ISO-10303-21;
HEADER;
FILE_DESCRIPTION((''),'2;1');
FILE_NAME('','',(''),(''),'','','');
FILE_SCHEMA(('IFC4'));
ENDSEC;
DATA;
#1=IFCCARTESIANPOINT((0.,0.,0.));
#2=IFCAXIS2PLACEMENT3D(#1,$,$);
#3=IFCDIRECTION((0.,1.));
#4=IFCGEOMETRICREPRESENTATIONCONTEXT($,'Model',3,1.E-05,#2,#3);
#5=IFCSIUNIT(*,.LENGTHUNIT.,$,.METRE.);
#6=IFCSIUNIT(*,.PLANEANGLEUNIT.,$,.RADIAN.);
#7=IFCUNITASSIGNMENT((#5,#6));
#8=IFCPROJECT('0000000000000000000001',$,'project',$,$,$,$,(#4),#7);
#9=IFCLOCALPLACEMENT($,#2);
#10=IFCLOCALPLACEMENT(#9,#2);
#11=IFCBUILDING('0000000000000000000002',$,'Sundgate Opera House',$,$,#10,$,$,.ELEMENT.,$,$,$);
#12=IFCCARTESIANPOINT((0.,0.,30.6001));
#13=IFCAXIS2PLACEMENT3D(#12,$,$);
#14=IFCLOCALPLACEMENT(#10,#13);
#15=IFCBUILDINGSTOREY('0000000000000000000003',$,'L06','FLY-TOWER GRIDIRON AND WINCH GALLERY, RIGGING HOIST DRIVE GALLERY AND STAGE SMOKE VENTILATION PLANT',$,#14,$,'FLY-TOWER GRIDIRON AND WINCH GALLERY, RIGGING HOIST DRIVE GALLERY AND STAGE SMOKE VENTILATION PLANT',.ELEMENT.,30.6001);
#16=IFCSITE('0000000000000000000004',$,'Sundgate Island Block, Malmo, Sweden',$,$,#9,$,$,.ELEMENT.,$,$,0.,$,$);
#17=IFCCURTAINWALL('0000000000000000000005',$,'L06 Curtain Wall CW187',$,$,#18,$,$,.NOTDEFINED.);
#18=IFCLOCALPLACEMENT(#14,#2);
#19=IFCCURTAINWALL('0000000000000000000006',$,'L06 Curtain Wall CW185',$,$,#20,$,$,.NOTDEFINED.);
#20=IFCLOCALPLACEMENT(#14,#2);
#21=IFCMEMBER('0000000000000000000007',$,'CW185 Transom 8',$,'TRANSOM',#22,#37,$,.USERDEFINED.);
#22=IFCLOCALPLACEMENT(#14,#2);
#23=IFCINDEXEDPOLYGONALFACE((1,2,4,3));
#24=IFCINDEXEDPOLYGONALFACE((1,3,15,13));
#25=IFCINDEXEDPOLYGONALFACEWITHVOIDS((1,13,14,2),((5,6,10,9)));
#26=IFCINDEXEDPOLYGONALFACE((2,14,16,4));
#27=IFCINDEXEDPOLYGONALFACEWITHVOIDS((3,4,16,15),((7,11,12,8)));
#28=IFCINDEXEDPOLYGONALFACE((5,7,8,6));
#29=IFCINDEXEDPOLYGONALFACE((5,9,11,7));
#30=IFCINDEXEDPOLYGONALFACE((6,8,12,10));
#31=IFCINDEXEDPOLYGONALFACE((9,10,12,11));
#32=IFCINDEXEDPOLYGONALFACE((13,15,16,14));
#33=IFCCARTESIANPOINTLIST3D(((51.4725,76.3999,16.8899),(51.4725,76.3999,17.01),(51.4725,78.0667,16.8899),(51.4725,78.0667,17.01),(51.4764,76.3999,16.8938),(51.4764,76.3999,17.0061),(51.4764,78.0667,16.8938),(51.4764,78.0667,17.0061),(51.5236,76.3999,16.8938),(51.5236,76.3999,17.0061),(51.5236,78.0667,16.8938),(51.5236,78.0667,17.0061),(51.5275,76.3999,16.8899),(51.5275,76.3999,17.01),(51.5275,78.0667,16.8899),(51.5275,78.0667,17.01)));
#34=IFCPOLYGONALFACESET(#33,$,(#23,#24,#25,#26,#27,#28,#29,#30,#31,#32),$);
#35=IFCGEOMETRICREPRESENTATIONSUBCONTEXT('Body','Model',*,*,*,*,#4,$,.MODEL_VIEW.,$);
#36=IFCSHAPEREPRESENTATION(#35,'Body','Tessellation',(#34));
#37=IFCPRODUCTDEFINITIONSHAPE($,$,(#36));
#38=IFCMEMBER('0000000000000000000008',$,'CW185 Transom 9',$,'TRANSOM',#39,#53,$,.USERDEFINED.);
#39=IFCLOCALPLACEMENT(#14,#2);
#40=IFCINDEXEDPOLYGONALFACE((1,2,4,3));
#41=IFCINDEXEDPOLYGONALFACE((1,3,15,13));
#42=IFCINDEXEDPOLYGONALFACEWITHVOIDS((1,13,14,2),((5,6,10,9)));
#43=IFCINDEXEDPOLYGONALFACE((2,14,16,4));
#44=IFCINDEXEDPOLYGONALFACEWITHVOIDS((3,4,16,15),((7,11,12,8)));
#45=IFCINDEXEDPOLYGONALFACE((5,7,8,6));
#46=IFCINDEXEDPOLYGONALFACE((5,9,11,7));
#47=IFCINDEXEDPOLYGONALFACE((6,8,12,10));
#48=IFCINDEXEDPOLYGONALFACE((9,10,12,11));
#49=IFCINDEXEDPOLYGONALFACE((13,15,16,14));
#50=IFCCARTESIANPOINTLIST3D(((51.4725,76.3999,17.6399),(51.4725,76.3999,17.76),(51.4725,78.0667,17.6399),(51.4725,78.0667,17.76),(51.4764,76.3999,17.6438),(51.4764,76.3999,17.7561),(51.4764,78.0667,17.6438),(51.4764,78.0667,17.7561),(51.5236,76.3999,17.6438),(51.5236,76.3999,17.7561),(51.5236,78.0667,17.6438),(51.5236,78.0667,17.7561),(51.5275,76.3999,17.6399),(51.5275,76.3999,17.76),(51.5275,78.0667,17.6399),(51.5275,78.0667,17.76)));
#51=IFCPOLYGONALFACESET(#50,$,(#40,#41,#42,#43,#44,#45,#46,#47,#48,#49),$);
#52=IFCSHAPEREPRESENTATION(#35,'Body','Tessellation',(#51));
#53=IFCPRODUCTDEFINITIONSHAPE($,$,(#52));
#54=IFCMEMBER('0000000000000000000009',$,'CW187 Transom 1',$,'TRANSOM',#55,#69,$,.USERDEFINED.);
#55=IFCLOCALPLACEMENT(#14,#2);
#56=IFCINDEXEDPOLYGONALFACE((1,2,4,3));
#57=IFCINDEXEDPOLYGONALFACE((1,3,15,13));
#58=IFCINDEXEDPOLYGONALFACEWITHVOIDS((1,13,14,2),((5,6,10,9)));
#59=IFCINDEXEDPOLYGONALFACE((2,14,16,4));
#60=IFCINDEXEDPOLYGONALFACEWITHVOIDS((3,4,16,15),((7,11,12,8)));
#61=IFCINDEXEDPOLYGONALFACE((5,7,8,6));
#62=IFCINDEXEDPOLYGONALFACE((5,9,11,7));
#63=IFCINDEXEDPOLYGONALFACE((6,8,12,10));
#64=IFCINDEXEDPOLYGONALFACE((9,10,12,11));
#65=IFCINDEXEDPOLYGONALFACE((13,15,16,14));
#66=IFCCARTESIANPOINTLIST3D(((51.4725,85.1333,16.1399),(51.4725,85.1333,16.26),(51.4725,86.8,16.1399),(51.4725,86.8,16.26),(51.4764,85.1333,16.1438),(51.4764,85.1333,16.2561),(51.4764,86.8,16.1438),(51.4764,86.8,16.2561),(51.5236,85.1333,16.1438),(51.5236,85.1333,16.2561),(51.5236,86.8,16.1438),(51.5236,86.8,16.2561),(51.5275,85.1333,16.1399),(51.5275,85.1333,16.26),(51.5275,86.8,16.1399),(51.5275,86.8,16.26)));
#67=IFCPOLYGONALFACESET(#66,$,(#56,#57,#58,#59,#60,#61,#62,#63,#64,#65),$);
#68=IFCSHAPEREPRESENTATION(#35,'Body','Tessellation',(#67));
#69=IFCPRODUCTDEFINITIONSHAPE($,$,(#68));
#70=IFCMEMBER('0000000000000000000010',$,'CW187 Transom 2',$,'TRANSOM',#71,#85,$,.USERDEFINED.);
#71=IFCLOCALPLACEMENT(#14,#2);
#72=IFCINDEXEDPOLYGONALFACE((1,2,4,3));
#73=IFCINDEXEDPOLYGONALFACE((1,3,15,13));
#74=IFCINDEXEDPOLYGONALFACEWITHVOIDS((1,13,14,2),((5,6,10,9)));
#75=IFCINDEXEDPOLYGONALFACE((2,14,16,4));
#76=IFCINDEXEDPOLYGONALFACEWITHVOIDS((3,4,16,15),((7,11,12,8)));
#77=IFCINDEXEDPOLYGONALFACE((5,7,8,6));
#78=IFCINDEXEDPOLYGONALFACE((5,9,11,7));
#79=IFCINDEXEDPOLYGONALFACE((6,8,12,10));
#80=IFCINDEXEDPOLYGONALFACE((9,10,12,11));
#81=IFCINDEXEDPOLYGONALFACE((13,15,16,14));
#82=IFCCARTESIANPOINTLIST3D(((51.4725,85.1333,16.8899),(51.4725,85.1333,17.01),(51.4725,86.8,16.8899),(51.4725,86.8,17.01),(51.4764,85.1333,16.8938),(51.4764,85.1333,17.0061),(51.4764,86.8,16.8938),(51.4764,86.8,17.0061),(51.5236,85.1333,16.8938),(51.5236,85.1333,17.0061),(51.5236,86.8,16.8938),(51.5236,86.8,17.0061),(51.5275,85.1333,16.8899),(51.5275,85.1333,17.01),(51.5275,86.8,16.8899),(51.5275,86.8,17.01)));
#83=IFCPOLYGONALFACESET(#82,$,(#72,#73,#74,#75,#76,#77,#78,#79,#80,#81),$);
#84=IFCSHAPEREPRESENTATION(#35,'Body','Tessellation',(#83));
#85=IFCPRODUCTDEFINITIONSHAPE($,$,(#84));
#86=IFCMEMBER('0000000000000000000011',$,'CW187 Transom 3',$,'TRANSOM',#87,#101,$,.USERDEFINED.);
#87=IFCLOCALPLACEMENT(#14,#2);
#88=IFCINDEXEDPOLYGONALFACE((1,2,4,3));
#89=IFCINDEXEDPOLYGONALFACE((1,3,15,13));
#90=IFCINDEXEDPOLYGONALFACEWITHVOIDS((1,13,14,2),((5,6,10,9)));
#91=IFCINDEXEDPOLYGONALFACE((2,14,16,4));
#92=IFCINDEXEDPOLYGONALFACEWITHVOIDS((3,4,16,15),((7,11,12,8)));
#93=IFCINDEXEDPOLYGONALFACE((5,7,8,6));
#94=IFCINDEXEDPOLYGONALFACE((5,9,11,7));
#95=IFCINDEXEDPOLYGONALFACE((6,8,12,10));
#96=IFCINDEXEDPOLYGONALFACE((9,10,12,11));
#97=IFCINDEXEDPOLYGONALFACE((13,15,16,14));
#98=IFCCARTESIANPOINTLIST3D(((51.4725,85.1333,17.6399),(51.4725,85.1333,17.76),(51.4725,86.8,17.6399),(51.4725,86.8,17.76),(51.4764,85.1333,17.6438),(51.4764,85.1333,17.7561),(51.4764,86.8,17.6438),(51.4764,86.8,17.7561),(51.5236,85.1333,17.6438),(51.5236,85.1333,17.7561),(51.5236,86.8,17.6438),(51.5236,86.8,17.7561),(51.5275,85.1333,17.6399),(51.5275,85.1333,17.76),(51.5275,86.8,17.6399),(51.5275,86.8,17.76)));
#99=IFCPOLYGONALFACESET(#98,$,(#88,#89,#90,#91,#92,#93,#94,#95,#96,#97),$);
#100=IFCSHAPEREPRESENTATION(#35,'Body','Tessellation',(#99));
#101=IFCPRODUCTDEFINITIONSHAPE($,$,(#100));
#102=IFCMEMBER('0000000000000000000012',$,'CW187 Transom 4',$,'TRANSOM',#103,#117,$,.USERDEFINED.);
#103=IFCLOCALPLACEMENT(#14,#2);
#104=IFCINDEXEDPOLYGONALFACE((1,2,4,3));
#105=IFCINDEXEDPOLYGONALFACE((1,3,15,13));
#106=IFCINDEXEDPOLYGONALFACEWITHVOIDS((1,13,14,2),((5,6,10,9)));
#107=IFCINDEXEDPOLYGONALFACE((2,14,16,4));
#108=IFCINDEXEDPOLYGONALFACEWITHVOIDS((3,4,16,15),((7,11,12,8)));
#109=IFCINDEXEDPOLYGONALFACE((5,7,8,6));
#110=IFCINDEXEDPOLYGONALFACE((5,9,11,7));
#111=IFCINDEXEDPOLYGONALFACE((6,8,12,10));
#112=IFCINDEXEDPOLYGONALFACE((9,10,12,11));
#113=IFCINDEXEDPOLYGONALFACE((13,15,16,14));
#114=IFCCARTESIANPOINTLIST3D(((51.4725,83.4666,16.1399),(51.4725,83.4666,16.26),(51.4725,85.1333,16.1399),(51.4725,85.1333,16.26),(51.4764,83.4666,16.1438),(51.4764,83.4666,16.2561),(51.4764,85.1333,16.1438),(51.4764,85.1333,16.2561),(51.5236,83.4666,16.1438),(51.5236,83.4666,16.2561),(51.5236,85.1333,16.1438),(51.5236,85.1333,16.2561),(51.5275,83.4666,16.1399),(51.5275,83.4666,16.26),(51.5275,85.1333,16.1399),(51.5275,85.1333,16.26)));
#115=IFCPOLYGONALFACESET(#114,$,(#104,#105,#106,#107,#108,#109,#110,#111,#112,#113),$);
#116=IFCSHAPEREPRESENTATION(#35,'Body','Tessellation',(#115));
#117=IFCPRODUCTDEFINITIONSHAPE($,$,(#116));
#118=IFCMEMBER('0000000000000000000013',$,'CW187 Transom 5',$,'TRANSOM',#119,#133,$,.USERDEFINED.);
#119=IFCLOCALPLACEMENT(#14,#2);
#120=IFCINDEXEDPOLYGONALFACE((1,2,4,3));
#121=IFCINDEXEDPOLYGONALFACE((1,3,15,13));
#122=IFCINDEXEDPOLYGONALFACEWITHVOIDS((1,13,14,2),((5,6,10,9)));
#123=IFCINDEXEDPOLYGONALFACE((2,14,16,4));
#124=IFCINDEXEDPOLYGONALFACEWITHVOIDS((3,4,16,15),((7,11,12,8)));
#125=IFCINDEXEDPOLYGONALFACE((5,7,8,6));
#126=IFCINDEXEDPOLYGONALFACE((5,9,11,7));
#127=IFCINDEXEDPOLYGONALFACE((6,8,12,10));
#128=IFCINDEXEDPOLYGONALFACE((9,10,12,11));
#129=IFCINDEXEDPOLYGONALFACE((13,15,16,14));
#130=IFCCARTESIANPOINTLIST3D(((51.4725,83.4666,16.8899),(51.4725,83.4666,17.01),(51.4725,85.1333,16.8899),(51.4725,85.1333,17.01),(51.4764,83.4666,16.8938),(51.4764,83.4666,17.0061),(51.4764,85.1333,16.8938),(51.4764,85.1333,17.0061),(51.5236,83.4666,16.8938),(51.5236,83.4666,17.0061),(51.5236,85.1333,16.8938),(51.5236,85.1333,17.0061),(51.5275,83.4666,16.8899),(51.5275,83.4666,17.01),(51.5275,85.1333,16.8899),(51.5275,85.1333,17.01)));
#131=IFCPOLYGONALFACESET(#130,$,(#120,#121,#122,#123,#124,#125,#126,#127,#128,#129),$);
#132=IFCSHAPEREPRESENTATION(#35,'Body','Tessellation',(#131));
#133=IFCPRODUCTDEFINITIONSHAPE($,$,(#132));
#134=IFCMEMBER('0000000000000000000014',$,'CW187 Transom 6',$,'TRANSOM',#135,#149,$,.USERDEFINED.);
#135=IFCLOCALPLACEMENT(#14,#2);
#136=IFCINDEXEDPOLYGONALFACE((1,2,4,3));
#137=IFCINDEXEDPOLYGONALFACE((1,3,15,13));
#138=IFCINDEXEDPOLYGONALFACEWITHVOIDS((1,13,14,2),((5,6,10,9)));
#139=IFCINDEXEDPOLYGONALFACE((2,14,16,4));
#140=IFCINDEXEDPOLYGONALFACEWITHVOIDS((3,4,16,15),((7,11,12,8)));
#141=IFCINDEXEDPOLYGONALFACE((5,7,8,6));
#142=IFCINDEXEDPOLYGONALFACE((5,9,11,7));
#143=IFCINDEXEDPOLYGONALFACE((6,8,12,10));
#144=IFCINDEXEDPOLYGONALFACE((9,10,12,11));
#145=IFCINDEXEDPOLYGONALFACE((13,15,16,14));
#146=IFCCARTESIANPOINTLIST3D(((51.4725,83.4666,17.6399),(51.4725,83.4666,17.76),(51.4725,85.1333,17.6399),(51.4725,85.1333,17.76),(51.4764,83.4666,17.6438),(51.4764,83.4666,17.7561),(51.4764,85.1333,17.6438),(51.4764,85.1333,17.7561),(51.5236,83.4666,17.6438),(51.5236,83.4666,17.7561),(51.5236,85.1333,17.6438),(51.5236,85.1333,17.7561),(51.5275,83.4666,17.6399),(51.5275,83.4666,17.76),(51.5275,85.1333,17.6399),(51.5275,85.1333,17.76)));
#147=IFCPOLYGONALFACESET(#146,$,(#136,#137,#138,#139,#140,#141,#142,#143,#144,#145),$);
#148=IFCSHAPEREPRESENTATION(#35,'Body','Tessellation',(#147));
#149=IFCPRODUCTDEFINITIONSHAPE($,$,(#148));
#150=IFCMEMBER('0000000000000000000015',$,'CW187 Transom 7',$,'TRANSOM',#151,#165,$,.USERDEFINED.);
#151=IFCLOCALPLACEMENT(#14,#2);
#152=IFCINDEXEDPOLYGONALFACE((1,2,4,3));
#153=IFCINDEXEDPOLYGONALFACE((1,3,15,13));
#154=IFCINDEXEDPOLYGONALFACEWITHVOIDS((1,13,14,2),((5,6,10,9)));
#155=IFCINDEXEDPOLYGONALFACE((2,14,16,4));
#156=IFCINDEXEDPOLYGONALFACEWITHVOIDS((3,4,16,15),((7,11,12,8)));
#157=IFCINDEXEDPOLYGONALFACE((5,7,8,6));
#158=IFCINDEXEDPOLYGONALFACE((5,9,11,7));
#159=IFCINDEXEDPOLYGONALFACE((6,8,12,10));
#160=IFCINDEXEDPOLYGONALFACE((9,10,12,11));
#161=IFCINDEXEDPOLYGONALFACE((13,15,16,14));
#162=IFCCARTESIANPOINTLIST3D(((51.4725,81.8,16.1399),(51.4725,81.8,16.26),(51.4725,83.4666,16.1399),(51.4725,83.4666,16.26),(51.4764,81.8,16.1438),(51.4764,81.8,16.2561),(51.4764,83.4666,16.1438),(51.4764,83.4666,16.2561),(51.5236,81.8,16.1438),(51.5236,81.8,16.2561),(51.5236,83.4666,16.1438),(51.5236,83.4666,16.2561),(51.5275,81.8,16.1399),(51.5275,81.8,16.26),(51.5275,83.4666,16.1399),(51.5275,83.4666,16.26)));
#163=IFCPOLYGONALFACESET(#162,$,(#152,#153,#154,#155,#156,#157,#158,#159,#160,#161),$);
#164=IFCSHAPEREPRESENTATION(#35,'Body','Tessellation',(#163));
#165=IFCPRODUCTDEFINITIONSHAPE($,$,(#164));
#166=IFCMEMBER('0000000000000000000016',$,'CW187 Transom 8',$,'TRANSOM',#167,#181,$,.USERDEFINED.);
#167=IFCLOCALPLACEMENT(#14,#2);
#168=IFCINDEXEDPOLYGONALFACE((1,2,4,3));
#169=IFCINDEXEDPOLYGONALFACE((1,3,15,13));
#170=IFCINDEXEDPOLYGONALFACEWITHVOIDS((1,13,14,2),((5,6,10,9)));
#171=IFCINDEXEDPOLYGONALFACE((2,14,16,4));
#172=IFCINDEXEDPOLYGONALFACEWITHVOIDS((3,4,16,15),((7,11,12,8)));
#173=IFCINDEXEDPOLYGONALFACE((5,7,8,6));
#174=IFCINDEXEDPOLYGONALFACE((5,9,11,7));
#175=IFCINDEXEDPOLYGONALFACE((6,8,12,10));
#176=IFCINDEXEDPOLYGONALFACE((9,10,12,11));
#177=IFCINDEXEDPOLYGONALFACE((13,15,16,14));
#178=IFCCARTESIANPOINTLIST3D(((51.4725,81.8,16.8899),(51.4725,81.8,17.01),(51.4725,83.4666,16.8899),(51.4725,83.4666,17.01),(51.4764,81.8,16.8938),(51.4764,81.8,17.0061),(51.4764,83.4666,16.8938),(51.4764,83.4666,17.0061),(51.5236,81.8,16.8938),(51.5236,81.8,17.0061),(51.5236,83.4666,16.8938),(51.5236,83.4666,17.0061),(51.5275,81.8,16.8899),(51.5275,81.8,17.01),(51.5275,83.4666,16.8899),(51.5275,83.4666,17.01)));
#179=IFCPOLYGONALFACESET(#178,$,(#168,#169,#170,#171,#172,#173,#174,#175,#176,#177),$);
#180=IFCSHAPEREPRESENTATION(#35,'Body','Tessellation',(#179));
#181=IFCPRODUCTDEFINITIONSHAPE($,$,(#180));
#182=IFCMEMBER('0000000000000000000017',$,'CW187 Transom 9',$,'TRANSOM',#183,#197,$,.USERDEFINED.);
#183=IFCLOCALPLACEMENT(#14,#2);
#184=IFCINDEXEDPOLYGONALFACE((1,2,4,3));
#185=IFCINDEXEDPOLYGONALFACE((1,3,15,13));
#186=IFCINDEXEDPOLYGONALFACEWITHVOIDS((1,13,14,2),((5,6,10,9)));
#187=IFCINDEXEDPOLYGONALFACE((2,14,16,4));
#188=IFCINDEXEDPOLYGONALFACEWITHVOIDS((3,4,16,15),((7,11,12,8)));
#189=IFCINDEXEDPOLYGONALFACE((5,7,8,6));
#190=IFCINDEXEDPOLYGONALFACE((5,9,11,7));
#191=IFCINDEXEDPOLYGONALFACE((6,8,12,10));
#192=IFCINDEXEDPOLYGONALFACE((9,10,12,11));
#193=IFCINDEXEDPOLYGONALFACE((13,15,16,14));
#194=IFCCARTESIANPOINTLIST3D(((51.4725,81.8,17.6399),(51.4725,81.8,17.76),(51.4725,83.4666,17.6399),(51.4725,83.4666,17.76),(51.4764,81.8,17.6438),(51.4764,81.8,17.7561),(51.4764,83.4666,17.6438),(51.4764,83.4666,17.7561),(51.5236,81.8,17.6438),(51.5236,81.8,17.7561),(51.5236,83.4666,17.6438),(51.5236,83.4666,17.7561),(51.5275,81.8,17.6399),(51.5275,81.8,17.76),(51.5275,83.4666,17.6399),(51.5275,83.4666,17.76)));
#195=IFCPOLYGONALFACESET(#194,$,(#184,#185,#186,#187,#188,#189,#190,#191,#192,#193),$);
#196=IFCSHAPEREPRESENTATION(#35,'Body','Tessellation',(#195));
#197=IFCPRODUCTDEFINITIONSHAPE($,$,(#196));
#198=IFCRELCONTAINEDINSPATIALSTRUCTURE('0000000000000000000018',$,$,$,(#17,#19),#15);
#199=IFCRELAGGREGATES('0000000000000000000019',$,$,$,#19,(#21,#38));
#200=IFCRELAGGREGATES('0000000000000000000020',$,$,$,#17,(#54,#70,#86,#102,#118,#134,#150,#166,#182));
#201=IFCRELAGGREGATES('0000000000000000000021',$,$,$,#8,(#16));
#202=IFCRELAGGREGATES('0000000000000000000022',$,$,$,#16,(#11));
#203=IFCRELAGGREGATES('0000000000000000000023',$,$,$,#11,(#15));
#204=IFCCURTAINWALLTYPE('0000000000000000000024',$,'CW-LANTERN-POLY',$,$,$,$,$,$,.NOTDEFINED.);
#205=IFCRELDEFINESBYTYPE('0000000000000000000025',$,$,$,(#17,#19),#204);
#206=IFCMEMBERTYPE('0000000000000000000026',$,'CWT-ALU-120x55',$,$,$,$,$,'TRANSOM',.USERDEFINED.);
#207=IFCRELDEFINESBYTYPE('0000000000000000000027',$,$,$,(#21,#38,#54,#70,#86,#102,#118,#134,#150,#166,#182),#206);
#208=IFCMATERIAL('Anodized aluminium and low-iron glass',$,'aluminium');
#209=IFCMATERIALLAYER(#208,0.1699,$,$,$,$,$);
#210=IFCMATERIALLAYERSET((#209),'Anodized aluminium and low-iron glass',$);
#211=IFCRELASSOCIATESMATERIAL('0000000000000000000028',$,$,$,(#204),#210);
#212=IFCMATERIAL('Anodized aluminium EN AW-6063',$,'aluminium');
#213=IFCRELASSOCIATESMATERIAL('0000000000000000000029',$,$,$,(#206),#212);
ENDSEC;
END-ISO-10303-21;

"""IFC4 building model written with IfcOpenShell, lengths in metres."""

from ifc_helpers import new_model, si_unit, direction, frame, origin, origin_2d, place, context, subcontext, project, spatial, hollow_rectangle, extrude, material, layer, layer_set, material_profile, profile_set, type_object, element, aggregate, save


model = new_model("IFC4")

# Units and contexts
model_context = context("Model", 3, precision=1e-05, world=origin(), true_north=direction((0.0, 1.0)))
body_context = subcontext(model_context, "Body", "Model", "MODEL_VIEW")
ifc_project = project(units=[si_unit("LENGTHUNIT", "METRE"), si_unit("PLANEANGLEUNIT", "RADIAN")], contexts=[model_context])

# Site, building, storey
site_placement = place(None, origin())
site = spatial("IfcSite", under=ifc_project, at=site_placement, Name="Sundgate Island Block, Malmo, Sweden", CompositionType="ELEMENT", RefElevation=0.0)
building_placement = place(site_placement, origin())
building = spatial("IfcBuilding", under=site, at=building_placement, Name="Sundgate Opera House", CompositionType="ELEMENT")
storey_placement = place(building_placement, frame((0.0, 0.0, 30.6001)))
storey = spatial("IfcBuildingStorey", under=building, at=storey_placement, Name="L06", Description="FLY-TOWER GRIDIRON AND WINCH GALLERY, RIGGING HOIST DRIVE GALLERY AND STAGE SMOKE VENTILATION PLANT", LongName="FLY-TOWER GRIDIRON AND WINCH GALLERY, RIGGING HOIST DRIVE GALLERY AND STAGE SMOKE VENTILATION PLANT", CompositionType="ELEMENT", Elevation=30.6001)

# Curtain walls, members
ifc_material_1 = material(Name="Anodized aluminium and low-iron glass", Category="aluminium")
ifc_layer_1 = layer(ifc_material_1, 0.1699)
ifc_layer_set_1 = layer_set([ifc_layer_1], Name="Anodized aluminium and low-iron glass")
curtain_wall_type = type_object("IfcCurtainWallType", Name="CW-LANTERN-POLY", PredefinedType="NOTDEFINED", material=ifc_layer_set_1)
curtain_wall_1_placement = place(storey_placement, origin())
curtain_wall_1 = element("IfcCurtainWall", 1, at=curtain_wall_1_placement, inside=storey, type_object=curtain_wall_type, Name="L06 Curtain Wall CW187", PredefinedType="NOTDEFINED")
ifc_material_2 = material(Name="Anodized aluminium EN AW-6063", Category="aluminium")
ifc_material_profile_1 = material_profile(ifc_material_2, hollow_rectangle(XDim=0.0549, YDim=0.1201, WallThickness=0.0039, at=origin_2d()), Name="CWT 120x55x4")
ifc_profile_set_1 = profile_set([ifc_material_profile_1], Name="Anodized aluminium EN AW-6063")
member_type_1 = type_object("IfcMemberType", Name="CWT-ALU-120x55", ElementType="TRANSOM", PredefinedType="USERDEFINED", material=ifc_profile_set_1)
curtain_wall_2_placement = place(storey_placement, origin())
curtain_wall_2 = element("IfcCurtainWall", 2, at=curtain_wall_2_placement, inside=storey, type_object=curtain_wall_type, Name="L06 Curtain Wall CW185", PredefinedType="NOTDEFINED")
member_1_placement = place(storey_placement, frame((51.5, 78.0667, 16.95), z_axis=(0.0, -1.0, 0.0), x_axis=(1.0, 0.0, 0.0)))
member_1 = element("IfcMember", 3, at=member_1_placement, type_object=member_type_1, Name="CW185 Transom 8", ObjectType="TRANSOM", PredefinedType="USERDEFINED", context=body_context, shape_type="SweptSolid", body=[
    extrude(hollow_rectangle(XDim=0.0549, YDim=0.1201, WallThickness=0.0039, at=origin_2d()), origin(), (0.0, 0.0, 1.0), 1.6667),
])
member_2_placement = place(storey_placement, frame((51.5, 78.0667, 17.7), z_axis=(0.0, -1.0, 0.0), x_axis=(1.0, 0.0, 0.0)))
member_2 = element("IfcMember", 4, at=member_2_placement, type_object=member_type_1, Name="CW185 Transom 9", ObjectType="TRANSOM", PredefinedType="USERDEFINED", context=body_context, shape_type="SweptSolid", body=[
    extrude(hollow_rectangle(XDim=0.0549, YDim=0.1201, WallThickness=0.0039, at=origin_2d()), origin(), (0.0, 0.0, 1.0), 1.6667),
])

# Members
member_3_placement = place(storey_placement, frame((51.5, 86.8, 16.2), z_axis=(0.0, -1.0, 0.0), x_axis=(1.0, 0.0, 0.0)))
member_3 = element("IfcMember", 5, at=member_3_placement, type_object=member_type_1, Name="CW187 Transom 1", ObjectType="TRANSOM", PredefinedType="USERDEFINED", context=body_context, shape_type="SweptSolid", body=[
    extrude(hollow_rectangle(XDim=0.0549, YDim=0.1201, WallThickness=0.0039, at=origin_2d()), origin(), (0.0, 0.0, 1.0), 1.6667),
])
member_4_placement = place(storey_placement, frame((51.5, 86.8, 16.95), z_axis=(0.0, -1.0, 0.0), x_axis=(1.0, 0.0, 0.0)))
member_4 = element("IfcMember", 6, at=member_4_placement, type_object=member_type_1, Name="CW187 Transom 2", ObjectType="TRANSOM", PredefinedType="USERDEFINED", context=body_context, shape_type="SweptSolid", body=[
    extrude(hollow_rectangle(XDim=0.0549, YDim=0.1201, WallThickness=0.0039, at=origin_2d()), origin(), (0.0, 0.0, 1.0), 1.6667),
])
member_5_placement = place(storey_placement, frame((51.5, 86.8, 17.7), z_axis=(0.0, -1.0, 0.0), x_axis=(1.0, 0.0, 0.0)))
member_5 = element("IfcMember", 7, at=member_5_placement, type_object=member_type_1, Name="CW187 Transom 3", ObjectType="TRANSOM", PredefinedType="USERDEFINED", context=body_context, shape_type="SweptSolid", body=[
    extrude(hollow_rectangle(XDim=0.0549, YDim=0.1201, WallThickness=0.0039, at=origin_2d()), origin(), (0.0, 0.0, 1.0), 1.6667),
])
member_6_placement = place(storey_placement, frame((51.5, 85.1333, 16.2), z_axis=(0.0, -1.0, 0.0), x_axis=(1.0, 0.0, 0.0)))
member_6 = element("IfcMember", 8, at=member_6_placement, type_object=member_type_1, Name="CW187 Transom 4", ObjectType="TRANSOM", PredefinedType="USERDEFINED", context=body_context, shape_type="SweptSolid", body=[
    extrude(hollow_rectangle(XDim=0.0549, YDim=0.1201, WallThickness=0.0039, at=origin_2d()), origin(), (0.0, 0.0, 1.0), 1.6667),
])
member_7_placement = place(storey_placement, frame((51.5, 85.1333, 16.95), z_axis=(0.0, -1.0, 0.0), x_axis=(1.0, 0.0, 0.0)))
member_7 = element("IfcMember", 9, at=member_7_placement, type_object=member_type_1, Name="CW187 Transom 5", ObjectType="TRANSOM", PredefinedType="USERDEFINED", context=body_context, shape_type="SweptSolid", body=[
    extrude(hollow_rectangle(XDim=0.0549, YDim=0.1201, WallThickness=0.0039, at=origin_2d()), origin(), (0.0, 0.0, 1.0), 1.6667),
])
member_8_placement = place(storey_placement, frame((51.5, 85.1333, 17.7), z_axis=(0.0, -1.0, 0.0), x_axis=(1.0, 0.0, 0.0)))
member_8 = element("IfcMember", 10, at=member_8_placement, type_object=member_type_1, Name="CW187 Transom 6", ObjectType="TRANSOM", PredefinedType="USERDEFINED", context=body_context, shape_type="SweptSolid", body=[
    extrude(hollow_rectangle(XDim=0.0549, YDim=0.1201, WallThickness=0.0039, at=origin_2d()), origin(), (0.0, 0.0, 1.0), 1.6667),
])
member_9_placement = place(storey_placement, frame((51.5, 83.4666, 16.2), z_axis=(0.0, -1.0, 0.0), x_axis=(1.0, 0.0, 0.0)))
member_9 = element("IfcMember", 11, at=member_9_placement, type_object=member_type_1, Name="CW187 Transom 7", ObjectType="TRANSOM", PredefinedType="USERDEFINED", context=body_context, shape_type="SweptSolid", body=[
    extrude(hollow_rectangle(XDim=0.0549, YDim=0.1201, WallThickness=0.0039, at=origin_2d()), origin(), (0.0, 0.0, 1.0), 1.6665),
])
member_10_placement = place(storey_placement, frame((51.5, 83.4666, 16.95), z_axis=(0.0, -1.0, 0.0), x_axis=(1.0, 0.0, 0.0)))
member_10 = element("IfcMember", 12, at=member_10_placement, type_object=member_type_1, Name="CW187 Transom 8", ObjectType="TRANSOM", PredefinedType="USERDEFINED", context=body_context, shape_type="SweptSolid", body=[
    extrude(hollow_rectangle(XDim=0.0549, YDim=0.1201, WallThickness=0.0039, at=origin_2d()), origin(), (0.0, 0.0, 1.0), 1.6665),
])
member_11_placement = place(storey_placement, frame((51.5, 83.4666, 17.7), z_axis=(0.0, -1.0, 0.0), x_axis=(1.0, 0.0, 0.0)))
member_11 = element("IfcMember", 13, at=member_11_placement, type_object=member_type_1, Name="CW187 Transom 9", ObjectType="TRANSOM", PredefinedType="USERDEFINED", context=body_context, shape_type="SweptSolid", body=[
    extrude(hollow_rectangle(XDim=0.0549, YDim=0.1201, WallThickness=0.0039, at=origin_2d()), origin(), (0.0, 0.0, 1.0), 1.6665),
])

aggregate(curtain_wall_2, [member_1, member_2])
aggregate(curtain_wall_1, [member_3, member_4, member_5, member_6, member_7, member_8, member_9, member_10, member_11])

save(model, "model.ifc")
